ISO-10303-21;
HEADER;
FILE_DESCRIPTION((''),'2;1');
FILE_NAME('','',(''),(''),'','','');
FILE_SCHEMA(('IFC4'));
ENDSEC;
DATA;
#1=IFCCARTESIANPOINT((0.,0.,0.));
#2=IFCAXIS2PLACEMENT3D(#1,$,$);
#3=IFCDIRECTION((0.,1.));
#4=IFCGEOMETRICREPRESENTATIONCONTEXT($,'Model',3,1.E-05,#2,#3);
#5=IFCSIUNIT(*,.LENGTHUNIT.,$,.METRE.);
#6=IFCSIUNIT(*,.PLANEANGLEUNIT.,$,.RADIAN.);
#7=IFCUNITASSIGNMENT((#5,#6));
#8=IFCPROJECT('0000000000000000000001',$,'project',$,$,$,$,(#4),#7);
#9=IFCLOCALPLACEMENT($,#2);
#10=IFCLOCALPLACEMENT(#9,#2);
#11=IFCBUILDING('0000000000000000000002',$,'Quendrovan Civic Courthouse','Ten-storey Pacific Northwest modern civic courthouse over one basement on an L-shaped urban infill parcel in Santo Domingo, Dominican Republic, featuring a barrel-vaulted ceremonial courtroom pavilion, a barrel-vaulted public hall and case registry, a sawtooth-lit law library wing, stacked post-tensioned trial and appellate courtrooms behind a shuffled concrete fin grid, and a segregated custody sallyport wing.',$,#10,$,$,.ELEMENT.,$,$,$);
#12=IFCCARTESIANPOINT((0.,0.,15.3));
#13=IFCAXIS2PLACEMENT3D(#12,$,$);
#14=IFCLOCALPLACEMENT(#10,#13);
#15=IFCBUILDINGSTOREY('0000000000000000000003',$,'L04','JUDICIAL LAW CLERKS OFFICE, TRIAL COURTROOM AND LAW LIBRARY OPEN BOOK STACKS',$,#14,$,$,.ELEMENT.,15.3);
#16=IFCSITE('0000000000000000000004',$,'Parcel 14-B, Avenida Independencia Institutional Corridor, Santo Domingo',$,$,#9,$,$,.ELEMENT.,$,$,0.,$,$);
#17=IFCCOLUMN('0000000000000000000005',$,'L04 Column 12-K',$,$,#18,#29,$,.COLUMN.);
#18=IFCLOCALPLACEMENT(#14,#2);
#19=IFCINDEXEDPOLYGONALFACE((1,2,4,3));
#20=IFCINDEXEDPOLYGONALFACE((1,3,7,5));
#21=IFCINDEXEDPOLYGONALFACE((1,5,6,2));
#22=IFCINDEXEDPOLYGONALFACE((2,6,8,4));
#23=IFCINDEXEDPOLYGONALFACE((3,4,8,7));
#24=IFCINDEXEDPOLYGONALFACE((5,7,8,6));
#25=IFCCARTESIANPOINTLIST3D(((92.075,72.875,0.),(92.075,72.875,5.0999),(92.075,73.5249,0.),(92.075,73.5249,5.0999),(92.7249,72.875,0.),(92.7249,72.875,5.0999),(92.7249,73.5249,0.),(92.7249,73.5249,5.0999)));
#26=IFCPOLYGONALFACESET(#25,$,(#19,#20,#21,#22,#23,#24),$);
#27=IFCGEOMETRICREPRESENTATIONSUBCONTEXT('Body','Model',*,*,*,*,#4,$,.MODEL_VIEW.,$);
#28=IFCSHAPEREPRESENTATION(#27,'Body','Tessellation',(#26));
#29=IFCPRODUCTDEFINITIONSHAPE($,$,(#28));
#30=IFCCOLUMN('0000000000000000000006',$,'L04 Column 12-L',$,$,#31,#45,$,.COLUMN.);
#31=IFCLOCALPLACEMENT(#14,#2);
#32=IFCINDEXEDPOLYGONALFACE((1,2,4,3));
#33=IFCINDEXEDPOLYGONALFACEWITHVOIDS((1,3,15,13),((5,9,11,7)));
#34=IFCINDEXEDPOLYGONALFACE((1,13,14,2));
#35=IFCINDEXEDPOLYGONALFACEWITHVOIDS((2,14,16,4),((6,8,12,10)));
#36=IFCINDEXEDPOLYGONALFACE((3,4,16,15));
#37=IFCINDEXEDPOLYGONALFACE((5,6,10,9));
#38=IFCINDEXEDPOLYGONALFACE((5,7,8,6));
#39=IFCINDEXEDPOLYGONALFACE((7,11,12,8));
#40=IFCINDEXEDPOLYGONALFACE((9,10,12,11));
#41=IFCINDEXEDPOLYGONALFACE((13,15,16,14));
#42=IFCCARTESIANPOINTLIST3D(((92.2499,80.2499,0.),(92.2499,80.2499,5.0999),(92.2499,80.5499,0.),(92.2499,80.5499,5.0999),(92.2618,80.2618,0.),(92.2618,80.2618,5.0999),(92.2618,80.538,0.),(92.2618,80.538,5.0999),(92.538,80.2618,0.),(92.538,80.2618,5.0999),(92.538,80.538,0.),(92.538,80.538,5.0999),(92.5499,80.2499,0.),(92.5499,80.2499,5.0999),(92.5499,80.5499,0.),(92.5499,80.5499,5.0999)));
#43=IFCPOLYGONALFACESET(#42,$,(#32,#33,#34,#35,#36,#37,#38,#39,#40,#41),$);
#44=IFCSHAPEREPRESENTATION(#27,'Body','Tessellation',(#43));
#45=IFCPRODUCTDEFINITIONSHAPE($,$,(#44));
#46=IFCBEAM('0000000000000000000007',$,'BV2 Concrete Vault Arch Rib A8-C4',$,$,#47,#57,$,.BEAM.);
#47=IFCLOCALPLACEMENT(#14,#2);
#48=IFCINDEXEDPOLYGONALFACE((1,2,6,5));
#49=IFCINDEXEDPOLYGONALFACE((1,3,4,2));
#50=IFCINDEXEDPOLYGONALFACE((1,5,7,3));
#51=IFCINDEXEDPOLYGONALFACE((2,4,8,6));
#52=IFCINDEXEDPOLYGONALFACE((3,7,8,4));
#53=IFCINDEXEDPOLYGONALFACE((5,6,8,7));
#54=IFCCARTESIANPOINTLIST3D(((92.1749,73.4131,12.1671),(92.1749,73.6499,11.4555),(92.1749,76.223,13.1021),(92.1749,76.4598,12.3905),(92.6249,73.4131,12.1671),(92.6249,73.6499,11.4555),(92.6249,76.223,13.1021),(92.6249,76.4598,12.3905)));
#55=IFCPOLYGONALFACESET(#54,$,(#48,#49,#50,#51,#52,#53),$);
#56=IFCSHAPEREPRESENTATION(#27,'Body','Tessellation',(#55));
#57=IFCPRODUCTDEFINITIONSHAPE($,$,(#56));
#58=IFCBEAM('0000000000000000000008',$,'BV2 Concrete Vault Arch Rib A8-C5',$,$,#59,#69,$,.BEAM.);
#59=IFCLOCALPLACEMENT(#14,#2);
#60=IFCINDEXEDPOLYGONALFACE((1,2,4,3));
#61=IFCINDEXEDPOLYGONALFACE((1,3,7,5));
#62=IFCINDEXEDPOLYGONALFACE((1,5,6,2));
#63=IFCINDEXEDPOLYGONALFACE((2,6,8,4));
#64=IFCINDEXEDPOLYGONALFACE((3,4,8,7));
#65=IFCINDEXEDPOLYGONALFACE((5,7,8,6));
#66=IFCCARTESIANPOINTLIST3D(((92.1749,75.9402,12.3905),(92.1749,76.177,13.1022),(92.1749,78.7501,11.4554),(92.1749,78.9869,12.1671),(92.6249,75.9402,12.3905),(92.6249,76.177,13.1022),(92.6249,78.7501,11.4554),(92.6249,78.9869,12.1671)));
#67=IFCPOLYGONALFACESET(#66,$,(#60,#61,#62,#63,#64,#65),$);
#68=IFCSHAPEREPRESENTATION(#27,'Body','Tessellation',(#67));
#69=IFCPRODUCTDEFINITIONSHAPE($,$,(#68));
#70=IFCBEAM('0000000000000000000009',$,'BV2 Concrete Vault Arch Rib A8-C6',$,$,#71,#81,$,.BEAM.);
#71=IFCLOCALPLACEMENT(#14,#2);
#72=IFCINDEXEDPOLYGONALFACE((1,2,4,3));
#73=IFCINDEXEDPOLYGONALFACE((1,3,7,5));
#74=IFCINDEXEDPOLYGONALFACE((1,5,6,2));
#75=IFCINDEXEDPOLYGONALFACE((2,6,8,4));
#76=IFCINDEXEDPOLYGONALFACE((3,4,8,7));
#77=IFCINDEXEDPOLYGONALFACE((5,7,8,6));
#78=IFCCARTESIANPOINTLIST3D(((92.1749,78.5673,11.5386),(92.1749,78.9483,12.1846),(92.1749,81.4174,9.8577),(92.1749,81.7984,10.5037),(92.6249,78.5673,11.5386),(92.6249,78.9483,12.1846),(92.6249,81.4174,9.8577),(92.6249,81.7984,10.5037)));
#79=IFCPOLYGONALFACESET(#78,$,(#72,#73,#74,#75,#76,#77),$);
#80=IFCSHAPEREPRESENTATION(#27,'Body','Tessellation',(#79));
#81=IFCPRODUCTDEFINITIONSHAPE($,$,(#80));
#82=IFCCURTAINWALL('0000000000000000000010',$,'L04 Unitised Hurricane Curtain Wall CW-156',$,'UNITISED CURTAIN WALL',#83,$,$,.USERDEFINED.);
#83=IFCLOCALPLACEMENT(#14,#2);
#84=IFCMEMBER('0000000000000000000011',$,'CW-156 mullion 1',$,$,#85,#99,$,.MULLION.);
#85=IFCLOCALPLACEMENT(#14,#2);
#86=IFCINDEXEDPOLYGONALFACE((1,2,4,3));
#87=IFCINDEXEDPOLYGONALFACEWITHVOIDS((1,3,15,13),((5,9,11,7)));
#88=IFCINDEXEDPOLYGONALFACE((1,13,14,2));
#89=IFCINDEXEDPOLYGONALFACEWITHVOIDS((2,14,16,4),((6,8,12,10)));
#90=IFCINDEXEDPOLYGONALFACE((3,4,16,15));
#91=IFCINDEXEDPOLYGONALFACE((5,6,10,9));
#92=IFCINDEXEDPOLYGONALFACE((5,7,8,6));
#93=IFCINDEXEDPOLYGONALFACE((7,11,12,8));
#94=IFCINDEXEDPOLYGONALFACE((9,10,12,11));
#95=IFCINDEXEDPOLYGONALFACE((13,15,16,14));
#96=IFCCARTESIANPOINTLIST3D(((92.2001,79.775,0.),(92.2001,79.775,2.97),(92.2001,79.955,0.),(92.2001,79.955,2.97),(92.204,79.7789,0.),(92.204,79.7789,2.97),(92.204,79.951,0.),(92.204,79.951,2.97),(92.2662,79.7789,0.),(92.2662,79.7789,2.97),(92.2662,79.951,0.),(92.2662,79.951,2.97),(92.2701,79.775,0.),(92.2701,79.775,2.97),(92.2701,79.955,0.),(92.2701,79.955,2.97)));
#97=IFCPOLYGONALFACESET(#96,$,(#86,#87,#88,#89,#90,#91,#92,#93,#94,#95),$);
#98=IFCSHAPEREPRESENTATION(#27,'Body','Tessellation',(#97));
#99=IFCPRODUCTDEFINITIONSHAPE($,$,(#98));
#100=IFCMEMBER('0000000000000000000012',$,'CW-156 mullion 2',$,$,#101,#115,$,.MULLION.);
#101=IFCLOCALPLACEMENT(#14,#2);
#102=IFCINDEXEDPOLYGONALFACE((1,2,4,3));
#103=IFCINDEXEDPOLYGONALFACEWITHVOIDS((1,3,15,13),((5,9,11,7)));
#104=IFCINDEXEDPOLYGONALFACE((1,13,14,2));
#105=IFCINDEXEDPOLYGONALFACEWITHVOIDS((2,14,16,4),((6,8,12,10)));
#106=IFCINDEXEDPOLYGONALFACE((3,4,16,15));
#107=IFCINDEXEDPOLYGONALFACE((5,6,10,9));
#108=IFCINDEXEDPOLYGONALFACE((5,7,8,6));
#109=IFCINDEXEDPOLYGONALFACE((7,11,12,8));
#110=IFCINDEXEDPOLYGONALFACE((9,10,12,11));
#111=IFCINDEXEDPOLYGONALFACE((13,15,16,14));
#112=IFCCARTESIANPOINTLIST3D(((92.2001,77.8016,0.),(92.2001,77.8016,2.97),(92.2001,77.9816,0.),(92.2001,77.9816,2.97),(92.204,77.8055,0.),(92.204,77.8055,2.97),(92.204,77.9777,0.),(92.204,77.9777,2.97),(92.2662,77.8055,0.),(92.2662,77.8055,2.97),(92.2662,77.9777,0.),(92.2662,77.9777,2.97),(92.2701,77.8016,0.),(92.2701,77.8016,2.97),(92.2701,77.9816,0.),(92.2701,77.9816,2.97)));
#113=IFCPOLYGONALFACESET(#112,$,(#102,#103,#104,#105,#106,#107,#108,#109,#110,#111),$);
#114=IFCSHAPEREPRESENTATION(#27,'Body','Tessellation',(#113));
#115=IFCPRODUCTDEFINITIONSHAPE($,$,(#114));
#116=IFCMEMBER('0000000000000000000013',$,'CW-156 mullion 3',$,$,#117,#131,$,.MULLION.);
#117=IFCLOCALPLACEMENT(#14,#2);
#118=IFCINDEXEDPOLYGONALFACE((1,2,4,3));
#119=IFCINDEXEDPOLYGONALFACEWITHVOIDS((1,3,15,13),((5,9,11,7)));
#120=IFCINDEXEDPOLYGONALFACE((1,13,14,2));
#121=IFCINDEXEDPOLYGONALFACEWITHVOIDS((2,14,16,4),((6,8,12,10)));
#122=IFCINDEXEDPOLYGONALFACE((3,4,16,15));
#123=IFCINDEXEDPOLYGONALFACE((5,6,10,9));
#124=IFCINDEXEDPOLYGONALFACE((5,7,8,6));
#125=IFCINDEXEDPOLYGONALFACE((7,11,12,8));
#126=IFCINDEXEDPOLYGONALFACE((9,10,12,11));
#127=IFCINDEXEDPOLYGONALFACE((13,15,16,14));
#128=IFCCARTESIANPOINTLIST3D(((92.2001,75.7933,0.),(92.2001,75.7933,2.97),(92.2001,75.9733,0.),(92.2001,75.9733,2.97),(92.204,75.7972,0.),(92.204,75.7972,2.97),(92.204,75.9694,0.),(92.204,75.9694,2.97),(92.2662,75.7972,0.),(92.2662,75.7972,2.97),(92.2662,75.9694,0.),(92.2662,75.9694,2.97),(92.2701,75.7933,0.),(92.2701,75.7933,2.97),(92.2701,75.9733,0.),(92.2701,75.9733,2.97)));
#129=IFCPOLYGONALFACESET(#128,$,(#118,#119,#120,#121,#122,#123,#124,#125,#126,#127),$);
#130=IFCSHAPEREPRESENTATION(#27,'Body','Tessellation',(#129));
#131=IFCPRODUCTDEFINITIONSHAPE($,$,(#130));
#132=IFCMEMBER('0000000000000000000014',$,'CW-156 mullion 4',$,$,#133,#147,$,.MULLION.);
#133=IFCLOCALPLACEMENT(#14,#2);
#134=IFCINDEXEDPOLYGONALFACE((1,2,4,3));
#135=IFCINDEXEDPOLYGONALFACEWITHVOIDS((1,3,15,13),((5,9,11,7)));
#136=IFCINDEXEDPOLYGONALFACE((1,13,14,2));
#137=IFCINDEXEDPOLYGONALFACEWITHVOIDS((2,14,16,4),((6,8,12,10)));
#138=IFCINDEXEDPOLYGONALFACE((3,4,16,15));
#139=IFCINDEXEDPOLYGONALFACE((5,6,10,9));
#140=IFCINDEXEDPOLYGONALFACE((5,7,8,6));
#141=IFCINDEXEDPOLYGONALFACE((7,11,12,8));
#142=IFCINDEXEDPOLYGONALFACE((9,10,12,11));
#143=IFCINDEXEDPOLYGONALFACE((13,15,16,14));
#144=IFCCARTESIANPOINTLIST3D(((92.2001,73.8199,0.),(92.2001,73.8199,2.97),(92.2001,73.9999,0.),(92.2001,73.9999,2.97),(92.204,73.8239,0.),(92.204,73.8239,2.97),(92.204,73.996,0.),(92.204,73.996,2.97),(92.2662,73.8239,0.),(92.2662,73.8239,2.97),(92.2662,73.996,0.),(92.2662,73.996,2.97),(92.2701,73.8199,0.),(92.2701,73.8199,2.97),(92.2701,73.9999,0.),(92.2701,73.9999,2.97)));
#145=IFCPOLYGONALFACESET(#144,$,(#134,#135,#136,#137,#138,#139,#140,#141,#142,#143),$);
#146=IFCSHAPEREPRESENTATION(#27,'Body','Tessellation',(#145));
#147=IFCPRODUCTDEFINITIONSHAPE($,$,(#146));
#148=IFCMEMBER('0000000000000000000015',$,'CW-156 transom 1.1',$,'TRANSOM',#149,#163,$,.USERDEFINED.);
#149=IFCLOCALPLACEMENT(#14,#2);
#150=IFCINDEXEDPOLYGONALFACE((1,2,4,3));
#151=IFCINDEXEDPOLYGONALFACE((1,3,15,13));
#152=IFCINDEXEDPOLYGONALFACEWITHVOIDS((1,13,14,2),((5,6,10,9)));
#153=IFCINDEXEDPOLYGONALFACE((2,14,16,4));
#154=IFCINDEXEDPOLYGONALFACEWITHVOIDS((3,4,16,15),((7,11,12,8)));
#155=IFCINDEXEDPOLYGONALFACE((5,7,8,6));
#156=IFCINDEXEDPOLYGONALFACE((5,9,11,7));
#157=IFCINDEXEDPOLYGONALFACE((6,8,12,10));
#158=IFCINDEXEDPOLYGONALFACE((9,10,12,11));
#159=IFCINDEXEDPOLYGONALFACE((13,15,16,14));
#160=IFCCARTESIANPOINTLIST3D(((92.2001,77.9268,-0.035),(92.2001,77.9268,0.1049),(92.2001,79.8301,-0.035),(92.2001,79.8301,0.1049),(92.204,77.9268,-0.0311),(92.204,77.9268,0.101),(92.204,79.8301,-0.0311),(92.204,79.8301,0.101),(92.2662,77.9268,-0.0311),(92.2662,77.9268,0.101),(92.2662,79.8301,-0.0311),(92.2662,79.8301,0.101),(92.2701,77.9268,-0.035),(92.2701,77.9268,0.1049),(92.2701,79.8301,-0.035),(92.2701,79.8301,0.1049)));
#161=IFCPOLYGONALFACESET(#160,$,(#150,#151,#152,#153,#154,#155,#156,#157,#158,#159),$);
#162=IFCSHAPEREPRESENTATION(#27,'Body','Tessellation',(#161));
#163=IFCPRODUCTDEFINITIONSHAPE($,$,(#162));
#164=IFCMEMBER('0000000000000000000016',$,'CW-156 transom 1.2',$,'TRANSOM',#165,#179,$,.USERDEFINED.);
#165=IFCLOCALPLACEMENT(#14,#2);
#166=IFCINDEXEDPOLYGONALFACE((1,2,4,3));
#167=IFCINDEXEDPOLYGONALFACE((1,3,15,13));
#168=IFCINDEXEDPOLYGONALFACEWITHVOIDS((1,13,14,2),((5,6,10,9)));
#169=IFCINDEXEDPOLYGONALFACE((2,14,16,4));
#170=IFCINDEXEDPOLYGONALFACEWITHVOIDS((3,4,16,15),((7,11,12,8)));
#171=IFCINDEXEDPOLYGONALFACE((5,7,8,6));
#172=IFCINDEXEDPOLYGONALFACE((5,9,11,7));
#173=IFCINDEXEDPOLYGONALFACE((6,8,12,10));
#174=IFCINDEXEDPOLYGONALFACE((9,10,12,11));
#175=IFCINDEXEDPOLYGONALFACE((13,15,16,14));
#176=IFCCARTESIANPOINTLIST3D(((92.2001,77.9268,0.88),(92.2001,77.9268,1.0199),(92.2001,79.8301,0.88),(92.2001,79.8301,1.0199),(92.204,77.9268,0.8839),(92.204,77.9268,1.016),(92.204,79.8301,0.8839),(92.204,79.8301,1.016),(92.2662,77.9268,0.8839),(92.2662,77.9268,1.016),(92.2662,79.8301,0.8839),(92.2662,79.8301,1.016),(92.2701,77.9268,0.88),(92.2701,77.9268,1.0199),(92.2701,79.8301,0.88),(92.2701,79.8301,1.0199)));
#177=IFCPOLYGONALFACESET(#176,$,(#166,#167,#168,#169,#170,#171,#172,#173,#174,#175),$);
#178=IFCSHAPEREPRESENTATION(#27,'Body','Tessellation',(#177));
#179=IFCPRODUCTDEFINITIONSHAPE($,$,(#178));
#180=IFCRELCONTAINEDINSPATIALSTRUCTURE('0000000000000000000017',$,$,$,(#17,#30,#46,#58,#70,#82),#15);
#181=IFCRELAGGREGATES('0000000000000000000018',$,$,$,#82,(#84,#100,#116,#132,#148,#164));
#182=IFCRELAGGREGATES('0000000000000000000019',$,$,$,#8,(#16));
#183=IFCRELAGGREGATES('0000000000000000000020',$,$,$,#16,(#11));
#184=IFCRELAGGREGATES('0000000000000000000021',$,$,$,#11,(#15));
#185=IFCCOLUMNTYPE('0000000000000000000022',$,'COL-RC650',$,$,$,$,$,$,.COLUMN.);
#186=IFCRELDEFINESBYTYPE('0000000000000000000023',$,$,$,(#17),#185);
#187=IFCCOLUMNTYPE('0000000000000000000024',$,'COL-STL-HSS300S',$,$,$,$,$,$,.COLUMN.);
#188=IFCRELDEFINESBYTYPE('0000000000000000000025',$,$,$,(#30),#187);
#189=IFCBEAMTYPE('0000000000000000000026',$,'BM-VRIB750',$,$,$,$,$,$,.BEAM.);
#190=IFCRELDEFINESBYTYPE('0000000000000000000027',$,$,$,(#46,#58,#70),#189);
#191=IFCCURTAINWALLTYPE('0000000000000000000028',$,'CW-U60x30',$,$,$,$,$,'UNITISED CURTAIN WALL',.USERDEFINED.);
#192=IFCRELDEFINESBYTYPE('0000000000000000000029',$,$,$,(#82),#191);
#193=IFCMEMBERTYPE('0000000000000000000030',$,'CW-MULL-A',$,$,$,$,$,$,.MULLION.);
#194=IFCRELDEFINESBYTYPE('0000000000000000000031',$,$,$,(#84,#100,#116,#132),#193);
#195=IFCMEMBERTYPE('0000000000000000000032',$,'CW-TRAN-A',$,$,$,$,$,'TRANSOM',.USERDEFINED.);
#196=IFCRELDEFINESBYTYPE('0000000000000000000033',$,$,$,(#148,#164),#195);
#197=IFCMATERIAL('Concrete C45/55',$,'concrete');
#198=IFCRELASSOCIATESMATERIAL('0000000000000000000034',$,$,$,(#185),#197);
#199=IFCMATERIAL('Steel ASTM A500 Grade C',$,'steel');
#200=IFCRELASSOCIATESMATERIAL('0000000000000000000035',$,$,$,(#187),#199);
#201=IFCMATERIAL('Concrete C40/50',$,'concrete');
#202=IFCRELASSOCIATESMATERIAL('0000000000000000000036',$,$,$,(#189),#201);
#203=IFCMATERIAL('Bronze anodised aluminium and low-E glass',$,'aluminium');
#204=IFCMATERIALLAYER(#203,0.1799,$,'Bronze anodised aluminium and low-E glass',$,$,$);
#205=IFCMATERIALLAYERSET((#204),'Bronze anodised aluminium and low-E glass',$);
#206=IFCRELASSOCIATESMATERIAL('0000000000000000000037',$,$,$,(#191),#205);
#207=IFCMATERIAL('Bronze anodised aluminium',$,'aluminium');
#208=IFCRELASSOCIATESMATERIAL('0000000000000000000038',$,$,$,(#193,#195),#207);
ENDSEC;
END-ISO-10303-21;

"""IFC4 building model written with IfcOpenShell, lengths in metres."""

from ifc_helpers import new_model, si_unit, direction, frame, origin, origin_2d, place, context, subcontext, project, spatial, rectangle, hollow_rectangle, extrude, material, layer, layer_set, material_profile, profile_set, type_object, element, aggregate, save


model = new_model("IFC4")

# Units and contexts
model_context = context("Model", 3, precision=1e-05, world=origin(), true_north=direction((0.0, 1.0)))
body_context = subcontext(model_context, "Body", "Model", "MODEL_VIEW")
ifc_project = project(units=[si_unit("LENGTHUNIT", "METRE"), si_unit("PLANEANGLEUNIT", "RADIAN")], contexts=[model_context])

# Site, building, storey
site_placement = place(None, origin())
site = spatial("IfcSite", under=ifc_project, at=site_placement, Name="Parcel 14-B, Avenida Independencia Institutional Corridor, Santo Domingo", CompositionType="ELEMENT", RefElevation=0.0)
building_placement = place(site_placement, origin())
building = spatial("IfcBuilding", under=site, at=building_placement, Name="Quendrovan Civic Courthouse", Description="Ten-storey Pacific Northwest modern civic courthouse over one basement on an L-shaped urban infill parcel in Santo Domingo, Dominican Republic, featuring a barrel-vaulted ceremonial courtroom pavilion, a barrel-vaulted public hall and case registry, a sawtooth-lit law library wing, stacked post-tensioned trial and appellate courtrooms behind a shuffled concrete fin grid, and a segregated custody sallyport wing.", CompositionType="ELEMENT")
storey_placement = place(building_placement, frame((0.0, 0.0, 15.3)))
storey = spatial("IfcBuildingStorey", under=building, at=storey_placement, Name="L04", Description="JUDICIAL LAW CLERKS OFFICE, TRIAL COURTROOM AND LAW LIBRARY OPEN BOOK STACKS", CompositionType="ELEMENT", Elevation=15.3)

# Columns
ifc_material_1 = material(Name="Concrete C45/55", Category="concrete")
ifc_material_profile_1 = material_profile(ifc_material_1, rectangle(XDim=0.6499, YDim=0.6499, at=origin_2d()), Name="RC-COL-650x650")
ifc_profile_set_1 = profile_set([ifc_material_profile_1], Name="Concrete C45/55")
column_type_1 = type_object("IfcColumnType", Name="COL-RC650", PredefinedType="COLUMN", material=ifc_profile_set_1)
column_1_placement = place(storey_placement, frame((92.3999, 73.2, 0.0), z_axis=(0.0, 0.0, 1.0), x_axis=(1.0, 0.0, 0.0)))
element("IfcColumn", 1, at=column_1_placement, inside=storey, type_object=column_type_1, Name="L04 Column 12-K", PredefinedType="COLUMN", context=body_context, shape_type="SweptSolid", body=[
    extrude(rectangle(XDim=0.6499, YDim=0.6499, at=origin_2d()), origin(), (0.0, 0.0, 1.0), 5.0999),
])
ifc_material_2 = material(Name="Steel ASTM A500 Grade C", Category="steel")
ifc_material_profile_2 = material_profile(ifc_material_2, hollow_rectangle(XDim=0.3, YDim=0.3, WallThickness=0.012, at=origin_2d()), Name="HSS300x300x12")
ifc_profile_set_2 = profile_set([ifc_material_profile_2], Name="Steel ASTM A500 Grade C")
column_type_2 = type_object("IfcColumnType", Name="COL-STL-HSS300S", PredefinedType="COLUMN", material=ifc_profile_set_2)
column_2_placement = place(storey_placement, frame((92.3999, 80.3999, 0.0), z_axis=(0.0, 0.0, 1.0), x_axis=(1.0, 0.0, 0.0)))
element("IfcColumn", 2, at=column_2_placement, inside=storey, type_object=column_type_2, Name="L04 Column 12-L", PredefinedType="COLUMN", context=body_context, shape_type="SweptSolid", body=[
    extrude(hollow_rectangle(XDim=0.3, YDim=0.3, WallThickness=0.012, at=origin_2d()), origin(), (0.0, 0.0, 1.0), 5.0999),
])

# Beams
ifc_material_3 = material(Name="Concrete C40/50", Category="concrete")
ifc_material_profile_3 = material_profile(ifc_material_3, rectangle(XDim=0.45, YDim=0.75, at=origin_2d()), Name="RC-VRIB-450x750")
ifc_profile_set_3 = profile_set([ifc_material_profile_3], Name="Concrete C40/50")
beam_type = type_object("IfcBeamType", Name="BM-VRIB750", PredefinedType="BEAM", material=ifc_profile_set_3)
for number, where, z_axis, x_axis, name in (
    (3, (92.3999, 73.5315, 11.8113), (0.0, 0.948848, 0.315733), (-1.0, 0.0, 0.0), "BV2 Concrete Vault Arch Rib A8-C4"),
    (4, (92.3999, 76.0586, 12.7463), (0.0, 0.94884, -0.315758), (-1.0, 0.0, 0.0), "BV2 Concrete Vault Arch Rib A8-C5"),
):
    element("IfcBeam", number, at=place(storey_placement, frame(where, z_axis=z_axis, x_axis=x_axis)), inside=storey, type_object=beam_type, Name=name, PredefinedType="BEAM", context=body_context, shape_type="SweptSolid", body=[
        extrude(rectangle(XDim=0.45, YDim=0.75, at=origin_2d()), origin(), (0.0, 0.0, 1.0), 2.9614),
    ])
beam_placement = place(storey_placement, frame((92.3999, 78.7578, 11.8616), z_axis=(0.0, 0.861355, -0.508003), x_axis=(-1.0, 0.0, 0.0)))
element("IfcBeam", 5, at=beam_placement, inside=storey, type_object=beam_type, Name="BV2 Concrete Vault Arch Rib A8-C6", PredefinedType="BEAM", context=body_context, shape_type="SweptSolid", body=[
    extrude(rectangle(XDim=0.45, YDim=0.75, at=origin_2d()), origin(), (0.0, 0.0, 1.0), 3.3088),
])

# Curtain wall, members
ifc_material_4 = material(Name="Bronze anodised aluminium and low-E glass", Category="aluminium")
ifc_layer_1 = layer(ifc_material_4, 0.1799, Name="Bronze anodised aluminium and low-E glass")
ifc_layer_set_1 = layer_set([ifc_layer_1], Name="Bronze anodised aluminium and low-E glass")
curtain_wall_type = type_object("IfcCurtainWallType", Name="CW-U60x30", ElementType="UNITISED CURTAIN WALL", PredefinedType="USERDEFINED", material=ifc_layer_set_1)
curtain_wall_placement = place(storey_placement, origin())
curtain_wall = element("IfcCurtainWall", 6, at=curtain_wall_placement, inside=storey, type_object=curtain_wall_type, Name="L04 Unitised Hurricane Curtain Wall CW-156", ObjectType="UNITISED CURTAIN WALL", PredefinedType="USERDEFINED")
ifc_material_5 = material(Name="Bronze anodised aluminium", Category="aluminium")
ifc_material_profile_4 = material_profile(ifc_material_5, hollow_rectangle(XDim=0.0701, YDim=0.1799, WallThickness=0.0039, at=origin_2d()), Name="CW-MULL-70x180")
ifc_profile_set_4 = profile_set([ifc_material_profile_4], Name="Bronze anodised aluminium")
member_type_1 = type_object("IfcMemberType", Name="CW-MULL-A", PredefinedType="MULLION", material=ifc_profile_set_4)
member_1_placement = place(storey_placement, frame((92.2351, 79.865, 0.0), z_axis=(0.0, 0.0, 1.0), x_axis=(1.0, 0.0, 0.0)))
member_1 = element("IfcMember", 7, at=member_1_placement, type_object=member_type_1, Name="CW-156 mullion 1", PredefinedType="MULLION", context=body_context, shape_type="SweptSolid", body=[
    extrude(hollow_rectangle(XDim=0.0701, YDim=0.1799, WallThickness=0.0039, at=origin_2d()), origin(), (0.0, 0.0, 1.0), 2.97),
])
member_2_placement = place(storey_placement, frame((92.2351, 77.8916, 0.0), z_axis=(0.0, 0.0, 1.0), x_axis=(1.0, 0.0, 0.0)))
member_2 = element("IfcMember", 8, at=member_2_placement, type_object=member_type_1, Name="CW-156 mullion 2", PredefinedType="MULLION", context=body_context, shape_type="SweptSolid", body=[
    extrude(hollow_rectangle(XDim=0.0701, YDim=0.1799, WallThickness=0.0039, at=origin_2d()), origin(), (0.0, 0.0, 1.0), 2.97),
])
member_3_placement = place(storey_placement, frame((92.2351, 75.8833, 0.0), z_axis=(0.0, 0.0, 1.0), x_axis=(1.0, 0.0, 0.0)))
member_3 = element("IfcMember", 9, at=member_3_placement, type_object=member_type_1, Name="CW-156 mullion 3", PredefinedType="MULLION", context=body_context, shape_type="SweptSolid", body=[
    extrude(hollow_rectangle(XDim=0.0701, YDim=0.1799, WallThickness=0.0039, at=origin_2d()), origin(), (0.0, 0.0, 1.0), 2.97),
])
member_4_placement = place(storey_placement, frame((92.2351, 73.9099, 0.0), z_axis=(0.0, 0.0, 1.0), x_axis=(1.0, 0.0, 0.0)))
member_4 = element("IfcMember", 10, at=member_4_placement, type_object=member_type_1, Name="CW-156 mullion 4", PredefinedType="MULLION", context=body_context, shape_type="SweptSolid", body=[
    extrude(hollow_rectangle(XDim=0.0701, YDim=0.1799, WallThickness=0.0039, at=origin_2d()), origin(), (0.0, 0.0, 1.0), 2.97),
])
ifc_material_profile_5 = material_profile(ifc_material_5, hollow_rectangle(XDim=0.0701, YDim=0.1399, WallThickness=0.0039, at=origin_2d()), Name="CW-TRAN-70x140")
ifc_profile_set_5 = profile_set([ifc_material_profile_5], Name="Bronze anodised aluminium")
member_type_2 = type_object("IfcMemberType", Name="CW-TRAN-A", ElementType="TRANSOM", PredefinedType="USERDEFINED", material=ifc_profile_set_5)
member_5_placement = place(storey_placement, frame((92.2351, 79.8301, 0.0349), z_axis=(0.0, -1.0, 0.0), x_axis=(1.0, 0.0, 0.0)))
member_5 = element("IfcMember", 11, at=member_5_placement, type_object=member_type_2, Name="CW-156 transom 1.1", ObjectType="TRANSOM", PredefinedType="USERDEFINED", context=body_context, shape_type="SweptSolid", body=[
    extrude(hollow_rectangle(XDim=0.0701, YDim=0.1399, WallThickness=0.0039, at=origin_2d()), origin(), (0.0, 0.0, 1.0), 1.9033),
])
member_6_placement = place(storey_placement, frame((92.2351, 79.8301, 0.95), z_axis=(0.0, -1.0, 0.0), x_axis=(1.0, 0.0, 0.0)))
member_6 = element("IfcMember", 12, at=member_6_placement, type_object=member_type_2, Name="CW-156 transom 1.2", ObjectType="TRANSOM", PredefinedType="USERDEFINED", context=body_context, shape_type="SweptSolid", body=[
    extrude(hollow_rectangle(XDim=0.0701, YDim=0.1399, WallThickness=0.0039, at=origin_2d()), origin(), (0.0, 0.0, 1.0), 1.9033),
])
aggregate(curtain_wall, [member_1, member_2, member_3, member_4, member_5, member_6])

save(model, "model.ifc")
